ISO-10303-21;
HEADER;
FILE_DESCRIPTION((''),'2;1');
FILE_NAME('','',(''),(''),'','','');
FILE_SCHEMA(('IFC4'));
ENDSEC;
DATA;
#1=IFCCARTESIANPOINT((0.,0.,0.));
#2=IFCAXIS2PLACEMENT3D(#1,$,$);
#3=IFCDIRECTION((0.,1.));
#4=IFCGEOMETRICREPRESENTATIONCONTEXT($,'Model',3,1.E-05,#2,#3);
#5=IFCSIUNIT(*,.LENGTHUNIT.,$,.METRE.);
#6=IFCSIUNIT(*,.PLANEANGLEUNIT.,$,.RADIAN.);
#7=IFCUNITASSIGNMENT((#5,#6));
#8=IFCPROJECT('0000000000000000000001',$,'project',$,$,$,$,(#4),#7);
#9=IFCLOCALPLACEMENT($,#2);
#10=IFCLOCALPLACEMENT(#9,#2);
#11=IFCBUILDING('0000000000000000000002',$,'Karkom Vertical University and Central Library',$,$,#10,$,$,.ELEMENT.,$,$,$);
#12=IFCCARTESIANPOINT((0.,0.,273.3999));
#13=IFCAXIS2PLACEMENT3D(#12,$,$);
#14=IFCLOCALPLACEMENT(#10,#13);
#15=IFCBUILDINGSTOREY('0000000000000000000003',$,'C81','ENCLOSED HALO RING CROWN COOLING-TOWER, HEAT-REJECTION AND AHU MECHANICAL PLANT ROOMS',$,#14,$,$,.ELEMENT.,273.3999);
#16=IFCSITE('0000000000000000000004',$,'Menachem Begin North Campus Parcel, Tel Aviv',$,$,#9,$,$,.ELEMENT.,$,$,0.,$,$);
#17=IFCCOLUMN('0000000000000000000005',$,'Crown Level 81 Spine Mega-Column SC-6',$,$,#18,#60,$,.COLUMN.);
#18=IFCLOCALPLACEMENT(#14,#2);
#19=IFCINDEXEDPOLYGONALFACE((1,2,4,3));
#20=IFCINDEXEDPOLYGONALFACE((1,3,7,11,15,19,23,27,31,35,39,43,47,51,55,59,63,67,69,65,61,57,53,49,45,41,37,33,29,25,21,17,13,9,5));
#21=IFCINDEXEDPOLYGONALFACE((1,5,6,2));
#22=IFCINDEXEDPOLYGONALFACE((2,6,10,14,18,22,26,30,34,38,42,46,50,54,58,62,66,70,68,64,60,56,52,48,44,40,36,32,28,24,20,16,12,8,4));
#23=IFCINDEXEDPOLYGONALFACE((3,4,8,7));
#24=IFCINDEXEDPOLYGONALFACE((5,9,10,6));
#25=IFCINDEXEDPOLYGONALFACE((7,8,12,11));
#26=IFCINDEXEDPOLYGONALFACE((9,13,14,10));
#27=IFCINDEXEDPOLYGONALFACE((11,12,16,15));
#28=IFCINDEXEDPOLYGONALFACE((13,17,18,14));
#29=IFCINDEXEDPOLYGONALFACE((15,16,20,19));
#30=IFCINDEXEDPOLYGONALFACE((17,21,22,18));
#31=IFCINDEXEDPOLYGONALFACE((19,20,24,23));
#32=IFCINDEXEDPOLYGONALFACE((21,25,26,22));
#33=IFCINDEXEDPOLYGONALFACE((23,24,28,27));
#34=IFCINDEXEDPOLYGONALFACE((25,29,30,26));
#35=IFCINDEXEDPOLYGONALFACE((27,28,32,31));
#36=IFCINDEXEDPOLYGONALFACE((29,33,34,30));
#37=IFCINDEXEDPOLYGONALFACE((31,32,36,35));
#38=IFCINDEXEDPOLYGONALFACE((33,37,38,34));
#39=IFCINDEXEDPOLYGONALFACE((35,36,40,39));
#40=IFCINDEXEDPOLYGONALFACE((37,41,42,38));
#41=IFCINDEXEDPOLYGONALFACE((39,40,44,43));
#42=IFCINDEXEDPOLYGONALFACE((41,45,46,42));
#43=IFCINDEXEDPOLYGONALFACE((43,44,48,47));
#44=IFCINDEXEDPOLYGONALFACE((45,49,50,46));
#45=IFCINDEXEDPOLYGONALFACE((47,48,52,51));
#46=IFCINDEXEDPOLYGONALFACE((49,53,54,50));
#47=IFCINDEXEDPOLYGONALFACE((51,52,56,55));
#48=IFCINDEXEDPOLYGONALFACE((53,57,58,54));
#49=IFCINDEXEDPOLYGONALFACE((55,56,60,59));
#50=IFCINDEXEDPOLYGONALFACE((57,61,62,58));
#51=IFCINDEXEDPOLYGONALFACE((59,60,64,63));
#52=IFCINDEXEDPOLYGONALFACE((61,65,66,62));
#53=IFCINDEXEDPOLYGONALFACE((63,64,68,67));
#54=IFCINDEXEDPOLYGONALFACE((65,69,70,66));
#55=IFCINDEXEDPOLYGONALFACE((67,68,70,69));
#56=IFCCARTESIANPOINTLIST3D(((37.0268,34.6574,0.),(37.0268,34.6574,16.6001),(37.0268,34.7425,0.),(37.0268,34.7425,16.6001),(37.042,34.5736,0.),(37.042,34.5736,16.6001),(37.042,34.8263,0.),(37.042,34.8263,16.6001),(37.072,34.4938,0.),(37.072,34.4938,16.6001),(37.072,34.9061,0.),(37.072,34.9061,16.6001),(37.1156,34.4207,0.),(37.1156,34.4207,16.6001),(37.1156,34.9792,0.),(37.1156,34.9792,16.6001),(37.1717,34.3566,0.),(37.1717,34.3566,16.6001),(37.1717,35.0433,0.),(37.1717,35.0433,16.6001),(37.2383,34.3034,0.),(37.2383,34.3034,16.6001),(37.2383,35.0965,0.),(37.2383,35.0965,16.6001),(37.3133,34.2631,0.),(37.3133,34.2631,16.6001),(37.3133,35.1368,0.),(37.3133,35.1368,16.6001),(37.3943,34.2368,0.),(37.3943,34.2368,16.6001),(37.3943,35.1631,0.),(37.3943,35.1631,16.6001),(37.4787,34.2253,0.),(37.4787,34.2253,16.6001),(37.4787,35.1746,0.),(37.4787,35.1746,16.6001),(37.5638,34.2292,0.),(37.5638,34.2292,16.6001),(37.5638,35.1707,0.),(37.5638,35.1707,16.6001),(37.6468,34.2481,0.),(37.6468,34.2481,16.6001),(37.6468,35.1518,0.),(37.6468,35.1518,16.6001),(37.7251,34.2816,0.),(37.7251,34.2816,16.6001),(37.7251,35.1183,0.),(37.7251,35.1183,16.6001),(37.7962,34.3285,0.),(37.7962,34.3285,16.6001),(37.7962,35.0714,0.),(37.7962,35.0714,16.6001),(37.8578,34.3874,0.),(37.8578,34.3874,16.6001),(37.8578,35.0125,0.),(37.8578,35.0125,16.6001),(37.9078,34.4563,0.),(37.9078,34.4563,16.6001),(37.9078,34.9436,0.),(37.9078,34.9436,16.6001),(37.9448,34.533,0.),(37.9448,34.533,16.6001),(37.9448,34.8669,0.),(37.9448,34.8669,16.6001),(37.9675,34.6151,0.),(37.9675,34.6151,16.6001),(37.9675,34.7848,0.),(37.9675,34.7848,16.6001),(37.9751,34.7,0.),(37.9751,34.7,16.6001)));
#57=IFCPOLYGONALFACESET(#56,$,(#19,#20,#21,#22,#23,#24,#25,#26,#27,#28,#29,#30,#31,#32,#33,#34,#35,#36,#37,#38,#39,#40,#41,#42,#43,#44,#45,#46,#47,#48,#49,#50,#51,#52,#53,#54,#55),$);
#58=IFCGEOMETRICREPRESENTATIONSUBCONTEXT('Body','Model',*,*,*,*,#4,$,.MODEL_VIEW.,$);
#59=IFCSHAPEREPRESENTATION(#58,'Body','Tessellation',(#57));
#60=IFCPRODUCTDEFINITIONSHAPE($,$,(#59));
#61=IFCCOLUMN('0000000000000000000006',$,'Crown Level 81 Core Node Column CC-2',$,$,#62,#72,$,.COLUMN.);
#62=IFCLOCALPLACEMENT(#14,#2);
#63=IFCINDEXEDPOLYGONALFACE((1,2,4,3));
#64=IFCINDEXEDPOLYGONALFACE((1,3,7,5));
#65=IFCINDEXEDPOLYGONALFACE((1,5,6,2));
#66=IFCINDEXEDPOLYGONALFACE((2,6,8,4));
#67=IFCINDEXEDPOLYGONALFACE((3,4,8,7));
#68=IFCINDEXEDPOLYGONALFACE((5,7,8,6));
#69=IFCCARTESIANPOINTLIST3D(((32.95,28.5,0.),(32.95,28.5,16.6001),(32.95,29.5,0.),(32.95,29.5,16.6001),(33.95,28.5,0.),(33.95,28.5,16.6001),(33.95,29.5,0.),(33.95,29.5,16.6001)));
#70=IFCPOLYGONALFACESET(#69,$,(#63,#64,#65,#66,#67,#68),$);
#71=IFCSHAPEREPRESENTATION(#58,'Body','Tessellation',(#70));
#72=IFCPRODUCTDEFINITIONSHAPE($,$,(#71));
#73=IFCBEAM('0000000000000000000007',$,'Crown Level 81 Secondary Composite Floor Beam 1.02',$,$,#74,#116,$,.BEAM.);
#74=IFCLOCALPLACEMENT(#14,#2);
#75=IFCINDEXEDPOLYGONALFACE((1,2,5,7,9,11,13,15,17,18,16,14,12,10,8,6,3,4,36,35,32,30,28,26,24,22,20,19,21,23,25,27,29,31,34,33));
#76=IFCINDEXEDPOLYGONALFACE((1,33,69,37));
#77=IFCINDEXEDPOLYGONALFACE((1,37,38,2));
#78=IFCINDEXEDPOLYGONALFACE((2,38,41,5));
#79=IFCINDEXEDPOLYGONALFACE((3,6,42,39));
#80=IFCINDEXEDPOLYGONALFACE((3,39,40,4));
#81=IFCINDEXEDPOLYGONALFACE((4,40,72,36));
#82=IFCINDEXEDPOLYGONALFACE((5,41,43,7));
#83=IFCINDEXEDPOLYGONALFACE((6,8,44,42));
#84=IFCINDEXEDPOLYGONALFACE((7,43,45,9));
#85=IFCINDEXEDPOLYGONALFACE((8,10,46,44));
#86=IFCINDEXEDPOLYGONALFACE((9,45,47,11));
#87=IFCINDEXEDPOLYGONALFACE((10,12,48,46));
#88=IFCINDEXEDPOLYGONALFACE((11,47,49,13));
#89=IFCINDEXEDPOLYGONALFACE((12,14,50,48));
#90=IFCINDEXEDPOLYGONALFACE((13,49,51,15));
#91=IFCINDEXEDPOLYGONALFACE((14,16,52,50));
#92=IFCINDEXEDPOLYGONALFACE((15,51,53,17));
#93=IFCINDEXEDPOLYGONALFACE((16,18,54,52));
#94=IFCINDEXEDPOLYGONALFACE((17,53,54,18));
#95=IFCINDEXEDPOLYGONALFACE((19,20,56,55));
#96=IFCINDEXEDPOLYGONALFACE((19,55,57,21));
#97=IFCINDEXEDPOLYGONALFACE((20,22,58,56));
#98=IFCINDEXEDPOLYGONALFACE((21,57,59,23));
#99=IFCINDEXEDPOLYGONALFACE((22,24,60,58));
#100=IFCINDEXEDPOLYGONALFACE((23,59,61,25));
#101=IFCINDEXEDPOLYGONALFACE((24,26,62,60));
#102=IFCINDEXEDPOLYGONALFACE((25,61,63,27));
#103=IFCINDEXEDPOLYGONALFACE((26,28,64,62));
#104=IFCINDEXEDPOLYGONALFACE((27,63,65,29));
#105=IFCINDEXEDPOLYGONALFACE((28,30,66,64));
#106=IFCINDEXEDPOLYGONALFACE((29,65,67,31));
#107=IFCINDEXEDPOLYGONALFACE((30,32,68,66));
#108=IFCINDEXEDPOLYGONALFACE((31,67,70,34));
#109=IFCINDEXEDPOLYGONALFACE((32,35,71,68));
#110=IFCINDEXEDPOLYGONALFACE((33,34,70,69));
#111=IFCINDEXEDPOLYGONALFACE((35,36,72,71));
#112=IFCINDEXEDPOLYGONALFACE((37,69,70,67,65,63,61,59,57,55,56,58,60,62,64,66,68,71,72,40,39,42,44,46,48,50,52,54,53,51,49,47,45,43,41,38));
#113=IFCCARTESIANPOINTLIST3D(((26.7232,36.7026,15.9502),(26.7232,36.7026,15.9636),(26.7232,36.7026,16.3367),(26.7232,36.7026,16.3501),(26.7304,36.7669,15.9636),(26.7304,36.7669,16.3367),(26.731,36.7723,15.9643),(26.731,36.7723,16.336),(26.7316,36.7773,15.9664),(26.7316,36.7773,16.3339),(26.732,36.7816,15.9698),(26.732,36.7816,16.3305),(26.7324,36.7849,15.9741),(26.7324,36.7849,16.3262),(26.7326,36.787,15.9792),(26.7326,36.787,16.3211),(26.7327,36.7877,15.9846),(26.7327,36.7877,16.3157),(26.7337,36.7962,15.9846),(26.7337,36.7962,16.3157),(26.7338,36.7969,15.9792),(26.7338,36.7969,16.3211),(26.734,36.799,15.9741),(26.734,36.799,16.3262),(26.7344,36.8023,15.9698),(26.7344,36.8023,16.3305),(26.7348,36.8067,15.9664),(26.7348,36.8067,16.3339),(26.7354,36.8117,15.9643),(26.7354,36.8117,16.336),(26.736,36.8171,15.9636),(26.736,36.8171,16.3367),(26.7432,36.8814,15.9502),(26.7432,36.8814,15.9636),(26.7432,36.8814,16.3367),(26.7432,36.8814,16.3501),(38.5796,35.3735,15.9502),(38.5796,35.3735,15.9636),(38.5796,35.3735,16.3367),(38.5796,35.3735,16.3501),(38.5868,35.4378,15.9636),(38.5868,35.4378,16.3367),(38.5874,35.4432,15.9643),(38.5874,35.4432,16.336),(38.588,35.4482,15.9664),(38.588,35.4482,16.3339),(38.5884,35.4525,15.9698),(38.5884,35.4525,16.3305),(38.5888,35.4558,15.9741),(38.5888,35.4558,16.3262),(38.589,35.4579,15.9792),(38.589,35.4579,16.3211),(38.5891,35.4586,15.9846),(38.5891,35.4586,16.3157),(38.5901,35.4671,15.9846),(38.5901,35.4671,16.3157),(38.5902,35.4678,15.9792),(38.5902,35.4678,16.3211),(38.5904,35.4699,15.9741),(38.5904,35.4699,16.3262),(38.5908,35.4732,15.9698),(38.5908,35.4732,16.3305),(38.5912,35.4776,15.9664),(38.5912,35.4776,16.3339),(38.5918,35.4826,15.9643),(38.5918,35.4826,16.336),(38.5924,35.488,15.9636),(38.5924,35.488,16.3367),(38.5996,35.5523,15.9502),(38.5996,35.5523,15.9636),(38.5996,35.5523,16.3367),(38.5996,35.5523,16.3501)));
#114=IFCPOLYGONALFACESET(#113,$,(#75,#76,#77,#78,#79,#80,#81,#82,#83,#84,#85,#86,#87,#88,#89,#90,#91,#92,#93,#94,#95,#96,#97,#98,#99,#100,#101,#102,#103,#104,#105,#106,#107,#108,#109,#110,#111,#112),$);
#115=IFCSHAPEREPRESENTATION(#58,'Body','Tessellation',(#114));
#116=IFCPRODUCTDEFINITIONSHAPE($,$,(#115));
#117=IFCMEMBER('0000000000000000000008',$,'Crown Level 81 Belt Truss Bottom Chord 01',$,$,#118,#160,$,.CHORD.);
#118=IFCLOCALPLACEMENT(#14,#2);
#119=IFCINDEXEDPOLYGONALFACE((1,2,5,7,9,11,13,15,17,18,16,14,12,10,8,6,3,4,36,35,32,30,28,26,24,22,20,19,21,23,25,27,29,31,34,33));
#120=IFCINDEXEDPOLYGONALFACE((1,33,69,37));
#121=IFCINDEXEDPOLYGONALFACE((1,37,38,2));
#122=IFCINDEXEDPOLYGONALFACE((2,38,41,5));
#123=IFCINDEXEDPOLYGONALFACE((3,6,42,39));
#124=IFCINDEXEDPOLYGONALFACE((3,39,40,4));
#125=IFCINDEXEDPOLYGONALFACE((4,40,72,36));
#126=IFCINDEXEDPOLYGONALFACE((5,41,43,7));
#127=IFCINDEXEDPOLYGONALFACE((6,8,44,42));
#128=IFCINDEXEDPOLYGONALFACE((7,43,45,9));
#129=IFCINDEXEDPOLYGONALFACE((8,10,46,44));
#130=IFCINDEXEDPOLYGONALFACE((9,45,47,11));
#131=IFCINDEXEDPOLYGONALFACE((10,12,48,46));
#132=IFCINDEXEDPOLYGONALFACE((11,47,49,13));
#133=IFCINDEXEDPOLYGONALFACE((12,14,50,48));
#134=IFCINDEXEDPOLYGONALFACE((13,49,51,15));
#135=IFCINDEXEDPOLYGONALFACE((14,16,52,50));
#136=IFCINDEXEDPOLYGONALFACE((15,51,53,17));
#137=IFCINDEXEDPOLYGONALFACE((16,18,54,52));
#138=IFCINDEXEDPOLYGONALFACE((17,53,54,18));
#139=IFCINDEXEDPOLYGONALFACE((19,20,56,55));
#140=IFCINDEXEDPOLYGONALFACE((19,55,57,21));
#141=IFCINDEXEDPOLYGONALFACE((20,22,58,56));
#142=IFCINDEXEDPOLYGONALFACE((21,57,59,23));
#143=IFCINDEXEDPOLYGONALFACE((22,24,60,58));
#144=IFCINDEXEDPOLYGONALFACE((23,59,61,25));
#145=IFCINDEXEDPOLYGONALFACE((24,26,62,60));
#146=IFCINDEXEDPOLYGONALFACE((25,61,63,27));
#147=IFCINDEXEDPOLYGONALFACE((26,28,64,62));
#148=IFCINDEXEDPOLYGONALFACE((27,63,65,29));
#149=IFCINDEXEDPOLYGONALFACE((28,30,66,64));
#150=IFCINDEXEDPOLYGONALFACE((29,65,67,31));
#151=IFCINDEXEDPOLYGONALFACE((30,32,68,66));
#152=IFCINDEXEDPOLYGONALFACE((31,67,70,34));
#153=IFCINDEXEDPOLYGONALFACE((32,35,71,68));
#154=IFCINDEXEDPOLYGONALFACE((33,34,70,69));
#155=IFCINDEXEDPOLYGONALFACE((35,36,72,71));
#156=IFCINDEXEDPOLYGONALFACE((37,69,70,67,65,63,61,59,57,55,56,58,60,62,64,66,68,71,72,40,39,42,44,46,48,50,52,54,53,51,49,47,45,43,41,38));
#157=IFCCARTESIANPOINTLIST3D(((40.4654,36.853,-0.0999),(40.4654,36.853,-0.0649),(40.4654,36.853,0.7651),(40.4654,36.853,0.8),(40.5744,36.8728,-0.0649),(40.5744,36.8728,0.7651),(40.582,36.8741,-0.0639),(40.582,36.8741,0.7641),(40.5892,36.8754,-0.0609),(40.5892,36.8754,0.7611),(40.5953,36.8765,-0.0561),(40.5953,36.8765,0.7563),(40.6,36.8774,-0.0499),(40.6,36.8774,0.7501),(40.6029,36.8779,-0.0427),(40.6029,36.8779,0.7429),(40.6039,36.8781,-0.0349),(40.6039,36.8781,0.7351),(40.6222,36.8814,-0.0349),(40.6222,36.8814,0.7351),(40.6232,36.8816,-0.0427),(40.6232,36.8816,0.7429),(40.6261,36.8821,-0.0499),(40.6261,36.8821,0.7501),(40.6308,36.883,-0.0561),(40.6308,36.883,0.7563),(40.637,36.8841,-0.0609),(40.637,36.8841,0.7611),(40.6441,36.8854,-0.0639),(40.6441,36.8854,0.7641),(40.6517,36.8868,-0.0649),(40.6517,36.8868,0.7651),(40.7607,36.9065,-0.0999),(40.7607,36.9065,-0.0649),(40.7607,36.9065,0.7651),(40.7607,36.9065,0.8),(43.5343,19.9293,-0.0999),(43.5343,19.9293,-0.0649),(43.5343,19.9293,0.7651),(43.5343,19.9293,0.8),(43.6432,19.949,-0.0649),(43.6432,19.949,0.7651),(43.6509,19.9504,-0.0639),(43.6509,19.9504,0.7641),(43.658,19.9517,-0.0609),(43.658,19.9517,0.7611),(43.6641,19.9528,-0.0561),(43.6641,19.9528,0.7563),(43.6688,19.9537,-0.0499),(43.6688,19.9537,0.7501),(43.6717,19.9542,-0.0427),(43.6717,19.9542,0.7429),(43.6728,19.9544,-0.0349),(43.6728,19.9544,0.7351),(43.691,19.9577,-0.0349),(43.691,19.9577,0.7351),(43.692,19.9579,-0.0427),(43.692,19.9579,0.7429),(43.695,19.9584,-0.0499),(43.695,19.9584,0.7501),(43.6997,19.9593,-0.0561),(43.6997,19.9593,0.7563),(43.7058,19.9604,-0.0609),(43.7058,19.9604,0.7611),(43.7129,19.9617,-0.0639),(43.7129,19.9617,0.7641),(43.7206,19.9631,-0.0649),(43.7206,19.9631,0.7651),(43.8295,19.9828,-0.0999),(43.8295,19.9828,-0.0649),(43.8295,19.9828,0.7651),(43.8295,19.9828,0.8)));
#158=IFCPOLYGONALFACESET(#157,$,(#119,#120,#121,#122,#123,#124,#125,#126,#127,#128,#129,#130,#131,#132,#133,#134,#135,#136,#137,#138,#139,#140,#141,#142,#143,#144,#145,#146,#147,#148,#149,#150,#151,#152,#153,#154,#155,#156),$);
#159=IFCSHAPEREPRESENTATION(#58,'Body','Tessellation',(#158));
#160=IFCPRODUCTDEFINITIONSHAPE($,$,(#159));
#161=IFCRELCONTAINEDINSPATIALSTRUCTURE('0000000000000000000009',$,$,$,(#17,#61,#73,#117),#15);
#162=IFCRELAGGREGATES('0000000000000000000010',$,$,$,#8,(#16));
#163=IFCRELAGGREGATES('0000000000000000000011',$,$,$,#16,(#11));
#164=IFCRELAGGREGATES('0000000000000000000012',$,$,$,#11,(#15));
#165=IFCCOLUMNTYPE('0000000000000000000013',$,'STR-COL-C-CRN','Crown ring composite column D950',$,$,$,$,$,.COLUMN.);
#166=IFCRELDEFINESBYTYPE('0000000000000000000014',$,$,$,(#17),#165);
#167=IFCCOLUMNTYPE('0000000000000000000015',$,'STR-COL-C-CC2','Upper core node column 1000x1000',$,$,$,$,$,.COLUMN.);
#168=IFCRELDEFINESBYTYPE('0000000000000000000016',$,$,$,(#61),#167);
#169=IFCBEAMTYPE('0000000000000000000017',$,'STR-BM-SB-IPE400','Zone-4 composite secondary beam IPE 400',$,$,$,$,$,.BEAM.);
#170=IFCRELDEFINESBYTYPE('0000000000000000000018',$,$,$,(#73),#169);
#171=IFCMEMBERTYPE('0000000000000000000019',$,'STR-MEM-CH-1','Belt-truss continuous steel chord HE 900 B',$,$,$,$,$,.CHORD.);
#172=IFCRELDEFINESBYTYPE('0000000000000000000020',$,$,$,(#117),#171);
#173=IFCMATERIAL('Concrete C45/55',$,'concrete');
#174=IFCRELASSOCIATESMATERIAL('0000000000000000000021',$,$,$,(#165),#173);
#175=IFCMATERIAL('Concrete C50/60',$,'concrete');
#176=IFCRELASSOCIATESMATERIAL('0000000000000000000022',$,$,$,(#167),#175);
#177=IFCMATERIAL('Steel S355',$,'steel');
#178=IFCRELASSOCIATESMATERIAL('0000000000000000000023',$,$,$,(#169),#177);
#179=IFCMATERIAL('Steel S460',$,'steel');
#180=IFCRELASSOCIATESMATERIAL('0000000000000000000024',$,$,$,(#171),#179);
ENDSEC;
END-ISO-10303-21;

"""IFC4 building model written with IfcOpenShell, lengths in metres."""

from ifc_helpers import new_model, si_unit, direction, frame, origin, origin_with_axes, origin_2d, place, context, subcontext, project, spatial, rectangle, circle, i_section, extrude, source, transform, mapped, material, material_profile, profile_set, type_object, element, save


model = new_model("IFC4")

# Units and contexts
model_context = context("Model", 3, precision=1e-05, world=origin(), true_north=direction((0.0, 1.0)))
body_context = subcontext(model_context, "Body", "Model", "MODEL_VIEW")
ifc_project = project(units=[si_unit("LENGTHUNIT", "METRE"), si_unit("PLANEANGLEUNIT", "RADIAN")], contexts=[model_context])

# Site, building, storey
site_placement = place(None, origin())
site = spatial("IfcSite", under=ifc_project, at=site_placement, Name="Menachem Begin North Campus Parcel, Tel Aviv", CompositionType="ELEMENT", RefElevation=0.0)
building_placement = place(site_placement, origin())
building = spatial("IfcBuilding", under=site, at=building_placement, Name="Karkom Vertical University and Central Library", CompositionType="ELEMENT")
storey_placement = place(building_placement, frame((0.0, 0.0, 273.3999)))
storey = spatial("IfcBuildingStorey", under=building, at=storey_placement, Name="C81", Description="ENCLOSED HALO RING CROWN COOLING-TOWER, HEAT-REJECTION AND AHU MECHANICAL PLANT ROOMS", CompositionType="ELEMENT", Elevation=273.3999)

# Columns
ifc_material_1 = material(Name="Concrete C45/55", Category="concrete")
ifc_material_profile_1 = material_profile(ifc_material_1, circle(Radius=0.4751, at=origin_2d()), Name="CFT-D950")
ifc_profile_set_1 = profile_set([ifc_material_profile_1], Name="Concrete C45/55")
column_type_1 = type_object("IfcColumnType", Name="STR-COL-C-CRN", Description="Crown ring composite column D950", PredefinedType="COLUMN", material=ifc_profile_set_1)
shared_shape_1 = source(origin_with_axes(), body_context, "Body", "SweptSolid", [
    extrude(circle(Radius=0.4751, at=origin_2d()), origin(), (0.0, 0.0, 1.0), 16.6001),
])
column_1_placement = place(storey_placement, frame((37.5, 34.7, 0.0), z_axis=(0.0, 0.0, 1.0), x_axis=(1.0, 0.0, 0.0)))
element("IfcColumn", 1, at=column_1_placement, inside=storey, type_object=column_type_1, Name="Crown Level 81 Spine Mega-Column SC-6", PredefinedType="COLUMN", context=body_context, shape_type="MappedRepresentation", body=[
    mapped(shared_shape_1, transform((0.0, 0.0, 0.0), scale=1.0)),
])
ifc_material_2 = material(Name="Concrete C50/60", Category="concrete")
ifc_material_profile_2 = material_profile(ifc_material_2, rectangle(XDim=1.0, YDim=1.0, at=origin_2d()), Name="RC-1000x1000")
ifc_profile_set_2 = profile_set([ifc_material_profile_2], Name="Concrete C50/60")
column_type_2 = type_object("IfcColumnType", Name="STR-COL-C-CC2", Description="Upper core node column 1000x1000", PredefinedType="COLUMN", material=ifc_profile_set_2)
shared_shape_2 = source(origin_with_axes(), body_context, "Body", "SweptSolid", [
    extrude(rectangle(XDim=1.0, YDim=1.0, at=origin_2d()), origin(), (0.0, 0.0, 1.0), 16.6001),
])
column_2_placement = place(storey_placement, frame((33.45, 29.0, 0.0), z_axis=(0.0, 0.0, 1.0), x_axis=(1.0, 0.0, 0.0)))
element("IfcColumn", 2, at=column_2_placement, inside=storey, type_object=column_type_2, Name="Crown Level 81 Core Node Column CC-2", PredefinedType="COLUMN", context=body_context, shape_type="MappedRepresentation", body=[
    mapped(shared_shape_2, transform((0.0, 0.0, 0.0), scale=1.0)),
])

# Beam
ifc_material_3 = material(Name="Steel S355", Category="steel")
ifc_material_profile_3 = material_profile(ifc_material_3, i_section(OverallWidth=0.1799, OverallDepth=0.3999, WebThickness=0.0085, FlangeThickness=0.0134, FilletRadius=0.021, at=origin_2d()), Name="IPE 400")
ifc_profile_set_3 = profile_set([ifc_material_profile_3], Name="Steel S355")
beam_type_1 = type_object("IfcBeamType", Name="STR-BM-SB-IPE400", Description="Zone-4 composite secondary beam IPE 400", PredefinedType="BEAM", material=ifc_profile_set_3)
shared_shape_3 = source(origin_with_axes(), body_context, "Body", "SweptSolid", [
    extrude(i_section(OverallWidth=0.1799, OverallDepth=0.3999, WebThickness=0.0085, FlangeThickness=0.0134, FilletRadius=0.021, at=origin_2d()), origin(), (0.0, 0.0, 1.0), 11.9307),
])
beam_1_placement = place(storey_placement, frame((38.5896, 35.4629, 16.1501), z_axis=(-0.993775, 0.111402, 0.0), x_axis=(-0.111402, -0.993775, 0.0)))
element("IfcBeam", 3, at=beam_1_placement, inside=storey, type_object=beam_type_1, Name="Crown Level 81 Secondary Composite Floor Beam 1.02", PredefinedType="BEAM", context=body_context, shape_type="MappedRepresentation", body=[
    mapped(shared_shape_3, transform((0.0, 0.0, 0.0), scale=1.0)),
])

# Member
ifc_material_4 = material(Name="Steel S460", Category="steel")
ifc_material_profile_4 = material_profile(ifc_material_4, i_section(OverallWidth=0.3, OverallDepth=0.8999, WebThickness=0.0186, FlangeThickness=0.0349, FilletRadius=0.03, at=origin_2d()), Name="HE 900 B")
ifc_profile_set_4 = profile_set([ifc_material_profile_4], Name="Steel S460")
member_type_1 = type_object("IfcMemberType", Name="STR-MEM-CH-1", Description="Belt-truss continuous steel chord HE 900 B", PredefinedType="CHORD", material=ifc_profile_set_4)
shared_shape_4 = source(origin_with_axes(), body_context, "Body", "SweptSolid", [
    extrude(i_section(OverallWidth=0.3, OverallDepth=0.8999, WebThickness=0.0186, FlangeThickness=0.0349, FilletRadius=0.03, at=origin_2d()), origin(), (0.0, 0.0, 1.0), 17.1997),
])
member_1_placement = place(storey_placement, frame((43.6819, 19.9561, 0.3501), z_axis=(-0.178423, 0.983954, 0.0), x_axis=(-0.983954, -0.178423, 0.0)))
element("IfcMember", 4, at=member_1_placement, inside=storey, type_object=member_type_1, Name="Crown Level 81 Belt Truss Bottom Chord 01", PredefinedType="CHORD", context=body_context, shape_type="MappedRepresentation", body=[
    mapped(shared_shape_4, transform((0.0, 0.0, 0.0), scale=1.0)),
])

save(model, "model.ifc")
